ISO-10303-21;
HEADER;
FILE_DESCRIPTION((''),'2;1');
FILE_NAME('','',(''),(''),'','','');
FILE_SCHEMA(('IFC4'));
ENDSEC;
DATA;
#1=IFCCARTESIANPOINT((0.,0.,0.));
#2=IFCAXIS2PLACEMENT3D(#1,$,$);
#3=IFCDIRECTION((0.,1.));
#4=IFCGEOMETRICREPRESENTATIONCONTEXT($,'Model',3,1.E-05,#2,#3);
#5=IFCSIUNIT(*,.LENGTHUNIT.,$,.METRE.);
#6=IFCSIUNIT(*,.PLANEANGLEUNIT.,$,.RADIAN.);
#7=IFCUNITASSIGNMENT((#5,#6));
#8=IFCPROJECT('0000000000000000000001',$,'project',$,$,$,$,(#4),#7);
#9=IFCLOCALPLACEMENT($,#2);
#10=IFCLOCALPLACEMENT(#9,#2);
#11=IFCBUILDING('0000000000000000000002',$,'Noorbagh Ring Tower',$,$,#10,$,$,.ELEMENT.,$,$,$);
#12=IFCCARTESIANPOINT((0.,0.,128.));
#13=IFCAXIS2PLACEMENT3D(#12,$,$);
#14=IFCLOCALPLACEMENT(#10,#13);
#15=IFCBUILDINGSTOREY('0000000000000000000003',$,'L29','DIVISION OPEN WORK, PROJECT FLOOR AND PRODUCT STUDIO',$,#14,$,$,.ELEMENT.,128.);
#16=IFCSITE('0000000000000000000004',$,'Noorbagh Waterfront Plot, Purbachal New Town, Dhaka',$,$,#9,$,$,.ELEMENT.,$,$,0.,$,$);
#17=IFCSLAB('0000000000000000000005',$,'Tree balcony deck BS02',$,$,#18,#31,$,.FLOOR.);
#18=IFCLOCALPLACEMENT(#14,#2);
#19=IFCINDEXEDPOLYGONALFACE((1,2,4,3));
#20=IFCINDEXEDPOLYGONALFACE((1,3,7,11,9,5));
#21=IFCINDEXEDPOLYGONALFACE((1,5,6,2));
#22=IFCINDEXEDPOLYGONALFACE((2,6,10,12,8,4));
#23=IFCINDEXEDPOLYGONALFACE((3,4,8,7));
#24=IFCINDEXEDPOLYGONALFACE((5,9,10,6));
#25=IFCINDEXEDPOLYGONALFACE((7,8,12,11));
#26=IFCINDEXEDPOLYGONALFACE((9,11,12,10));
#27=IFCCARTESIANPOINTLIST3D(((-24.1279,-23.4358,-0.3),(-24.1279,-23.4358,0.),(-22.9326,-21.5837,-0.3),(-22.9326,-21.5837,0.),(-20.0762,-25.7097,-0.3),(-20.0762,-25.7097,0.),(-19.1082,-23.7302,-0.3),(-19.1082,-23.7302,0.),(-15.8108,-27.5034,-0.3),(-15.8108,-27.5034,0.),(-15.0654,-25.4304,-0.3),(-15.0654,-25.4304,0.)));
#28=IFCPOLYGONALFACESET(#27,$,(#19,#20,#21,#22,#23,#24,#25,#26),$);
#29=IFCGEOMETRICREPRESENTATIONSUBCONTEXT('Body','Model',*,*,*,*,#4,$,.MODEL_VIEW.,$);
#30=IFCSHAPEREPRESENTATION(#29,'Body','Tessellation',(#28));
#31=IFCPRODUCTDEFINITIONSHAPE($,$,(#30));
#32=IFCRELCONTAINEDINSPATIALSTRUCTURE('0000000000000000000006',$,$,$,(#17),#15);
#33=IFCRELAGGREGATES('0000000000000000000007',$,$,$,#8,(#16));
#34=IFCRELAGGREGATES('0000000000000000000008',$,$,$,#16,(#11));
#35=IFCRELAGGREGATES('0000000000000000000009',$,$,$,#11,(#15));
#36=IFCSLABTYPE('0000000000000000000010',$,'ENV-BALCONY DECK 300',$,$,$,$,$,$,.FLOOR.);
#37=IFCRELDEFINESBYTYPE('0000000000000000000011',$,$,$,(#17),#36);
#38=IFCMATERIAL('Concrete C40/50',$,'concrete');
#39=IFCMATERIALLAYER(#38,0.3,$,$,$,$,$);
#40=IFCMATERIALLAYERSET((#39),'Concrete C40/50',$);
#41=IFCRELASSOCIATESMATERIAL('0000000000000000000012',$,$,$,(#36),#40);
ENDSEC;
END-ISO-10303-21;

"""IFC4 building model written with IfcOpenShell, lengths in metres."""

from ifc_helpers import new_model, si_unit, direction, frame, origin, place, context, subcontext, project, spatial, polyline, outline, extrude, material, layer, layer_set, type_object, element, save


model = new_model("IFC4")

# Units and contexts
model_context = context("Model", 3, precision=1e-05, world=origin(), true_north=direction((0.0, 1.0)))
body_context = subcontext(model_context, "Body", "Model", "MODEL_VIEW")
ifc_project = project(units=[si_unit("LENGTHUNIT", "METRE"), si_unit("PLANEANGLEUNIT", "RADIAN")], contexts=[model_context])

# Site, building, storey
site_placement = place(None, origin())
building_placement = place(site_placement, origin())
storey_placement = place(building_placement, frame((0.0, 0.0, 128.0)))
site = spatial("IfcSite", under=ifc_project, at=site_placement, Name="Noorbagh Waterfront Plot, Purbachal New Town, Dhaka", CompositionType="ELEMENT", RefElevation=0.0)
building = spatial("IfcBuilding", under=site, at=building_placement, Name="Noorbagh Ring Tower", CompositionType="ELEMENT")
storey = spatial("IfcBuildingStorey", under=building, at=storey_placement, Name="L29", Description="DIVISION OPEN WORK, PROJECT FLOOR AND PRODUCT STUDIO", CompositionType="ELEMENT", Elevation=128.0)

# Slab
ifc_material_1 = material(Name="Concrete C40/50", Category="concrete")
ifc_layer_1 = layer(ifc_material_1, 0.3)
ifc_layer_set_1 = layer_set([ifc_layer_1], Name="Concrete C40/50")
slab_type = type_object("IfcSlabType", Name="ENV-BALCONY DECK 300", PredefinedType="FLOOR", material=ifc_layer_set_1)
slab_1_placement = place(storey_placement, frame((0.0, 0.0, -0.3)))
element("IfcSlab", 1, at=slab_1_placement, inside=storey, type_object=slab_type, Name="Tree balcony deck BS02", PredefinedType="FLOOR", context=body_context, shape_type="SweptSolid", body=[
    extrude(outline(polyline([(-24.1279, -23.4358), (-20.0762, -25.7097), (-15.8108, -27.5034), (-15.0654, -25.4304), (-19.1082, -23.7302), (-22.9326, -21.5837), (-24.1279, -23.4358)])), origin(), (0.0, 0.0, 1.0), 0.3),
])

save(model, "model.ifc")
